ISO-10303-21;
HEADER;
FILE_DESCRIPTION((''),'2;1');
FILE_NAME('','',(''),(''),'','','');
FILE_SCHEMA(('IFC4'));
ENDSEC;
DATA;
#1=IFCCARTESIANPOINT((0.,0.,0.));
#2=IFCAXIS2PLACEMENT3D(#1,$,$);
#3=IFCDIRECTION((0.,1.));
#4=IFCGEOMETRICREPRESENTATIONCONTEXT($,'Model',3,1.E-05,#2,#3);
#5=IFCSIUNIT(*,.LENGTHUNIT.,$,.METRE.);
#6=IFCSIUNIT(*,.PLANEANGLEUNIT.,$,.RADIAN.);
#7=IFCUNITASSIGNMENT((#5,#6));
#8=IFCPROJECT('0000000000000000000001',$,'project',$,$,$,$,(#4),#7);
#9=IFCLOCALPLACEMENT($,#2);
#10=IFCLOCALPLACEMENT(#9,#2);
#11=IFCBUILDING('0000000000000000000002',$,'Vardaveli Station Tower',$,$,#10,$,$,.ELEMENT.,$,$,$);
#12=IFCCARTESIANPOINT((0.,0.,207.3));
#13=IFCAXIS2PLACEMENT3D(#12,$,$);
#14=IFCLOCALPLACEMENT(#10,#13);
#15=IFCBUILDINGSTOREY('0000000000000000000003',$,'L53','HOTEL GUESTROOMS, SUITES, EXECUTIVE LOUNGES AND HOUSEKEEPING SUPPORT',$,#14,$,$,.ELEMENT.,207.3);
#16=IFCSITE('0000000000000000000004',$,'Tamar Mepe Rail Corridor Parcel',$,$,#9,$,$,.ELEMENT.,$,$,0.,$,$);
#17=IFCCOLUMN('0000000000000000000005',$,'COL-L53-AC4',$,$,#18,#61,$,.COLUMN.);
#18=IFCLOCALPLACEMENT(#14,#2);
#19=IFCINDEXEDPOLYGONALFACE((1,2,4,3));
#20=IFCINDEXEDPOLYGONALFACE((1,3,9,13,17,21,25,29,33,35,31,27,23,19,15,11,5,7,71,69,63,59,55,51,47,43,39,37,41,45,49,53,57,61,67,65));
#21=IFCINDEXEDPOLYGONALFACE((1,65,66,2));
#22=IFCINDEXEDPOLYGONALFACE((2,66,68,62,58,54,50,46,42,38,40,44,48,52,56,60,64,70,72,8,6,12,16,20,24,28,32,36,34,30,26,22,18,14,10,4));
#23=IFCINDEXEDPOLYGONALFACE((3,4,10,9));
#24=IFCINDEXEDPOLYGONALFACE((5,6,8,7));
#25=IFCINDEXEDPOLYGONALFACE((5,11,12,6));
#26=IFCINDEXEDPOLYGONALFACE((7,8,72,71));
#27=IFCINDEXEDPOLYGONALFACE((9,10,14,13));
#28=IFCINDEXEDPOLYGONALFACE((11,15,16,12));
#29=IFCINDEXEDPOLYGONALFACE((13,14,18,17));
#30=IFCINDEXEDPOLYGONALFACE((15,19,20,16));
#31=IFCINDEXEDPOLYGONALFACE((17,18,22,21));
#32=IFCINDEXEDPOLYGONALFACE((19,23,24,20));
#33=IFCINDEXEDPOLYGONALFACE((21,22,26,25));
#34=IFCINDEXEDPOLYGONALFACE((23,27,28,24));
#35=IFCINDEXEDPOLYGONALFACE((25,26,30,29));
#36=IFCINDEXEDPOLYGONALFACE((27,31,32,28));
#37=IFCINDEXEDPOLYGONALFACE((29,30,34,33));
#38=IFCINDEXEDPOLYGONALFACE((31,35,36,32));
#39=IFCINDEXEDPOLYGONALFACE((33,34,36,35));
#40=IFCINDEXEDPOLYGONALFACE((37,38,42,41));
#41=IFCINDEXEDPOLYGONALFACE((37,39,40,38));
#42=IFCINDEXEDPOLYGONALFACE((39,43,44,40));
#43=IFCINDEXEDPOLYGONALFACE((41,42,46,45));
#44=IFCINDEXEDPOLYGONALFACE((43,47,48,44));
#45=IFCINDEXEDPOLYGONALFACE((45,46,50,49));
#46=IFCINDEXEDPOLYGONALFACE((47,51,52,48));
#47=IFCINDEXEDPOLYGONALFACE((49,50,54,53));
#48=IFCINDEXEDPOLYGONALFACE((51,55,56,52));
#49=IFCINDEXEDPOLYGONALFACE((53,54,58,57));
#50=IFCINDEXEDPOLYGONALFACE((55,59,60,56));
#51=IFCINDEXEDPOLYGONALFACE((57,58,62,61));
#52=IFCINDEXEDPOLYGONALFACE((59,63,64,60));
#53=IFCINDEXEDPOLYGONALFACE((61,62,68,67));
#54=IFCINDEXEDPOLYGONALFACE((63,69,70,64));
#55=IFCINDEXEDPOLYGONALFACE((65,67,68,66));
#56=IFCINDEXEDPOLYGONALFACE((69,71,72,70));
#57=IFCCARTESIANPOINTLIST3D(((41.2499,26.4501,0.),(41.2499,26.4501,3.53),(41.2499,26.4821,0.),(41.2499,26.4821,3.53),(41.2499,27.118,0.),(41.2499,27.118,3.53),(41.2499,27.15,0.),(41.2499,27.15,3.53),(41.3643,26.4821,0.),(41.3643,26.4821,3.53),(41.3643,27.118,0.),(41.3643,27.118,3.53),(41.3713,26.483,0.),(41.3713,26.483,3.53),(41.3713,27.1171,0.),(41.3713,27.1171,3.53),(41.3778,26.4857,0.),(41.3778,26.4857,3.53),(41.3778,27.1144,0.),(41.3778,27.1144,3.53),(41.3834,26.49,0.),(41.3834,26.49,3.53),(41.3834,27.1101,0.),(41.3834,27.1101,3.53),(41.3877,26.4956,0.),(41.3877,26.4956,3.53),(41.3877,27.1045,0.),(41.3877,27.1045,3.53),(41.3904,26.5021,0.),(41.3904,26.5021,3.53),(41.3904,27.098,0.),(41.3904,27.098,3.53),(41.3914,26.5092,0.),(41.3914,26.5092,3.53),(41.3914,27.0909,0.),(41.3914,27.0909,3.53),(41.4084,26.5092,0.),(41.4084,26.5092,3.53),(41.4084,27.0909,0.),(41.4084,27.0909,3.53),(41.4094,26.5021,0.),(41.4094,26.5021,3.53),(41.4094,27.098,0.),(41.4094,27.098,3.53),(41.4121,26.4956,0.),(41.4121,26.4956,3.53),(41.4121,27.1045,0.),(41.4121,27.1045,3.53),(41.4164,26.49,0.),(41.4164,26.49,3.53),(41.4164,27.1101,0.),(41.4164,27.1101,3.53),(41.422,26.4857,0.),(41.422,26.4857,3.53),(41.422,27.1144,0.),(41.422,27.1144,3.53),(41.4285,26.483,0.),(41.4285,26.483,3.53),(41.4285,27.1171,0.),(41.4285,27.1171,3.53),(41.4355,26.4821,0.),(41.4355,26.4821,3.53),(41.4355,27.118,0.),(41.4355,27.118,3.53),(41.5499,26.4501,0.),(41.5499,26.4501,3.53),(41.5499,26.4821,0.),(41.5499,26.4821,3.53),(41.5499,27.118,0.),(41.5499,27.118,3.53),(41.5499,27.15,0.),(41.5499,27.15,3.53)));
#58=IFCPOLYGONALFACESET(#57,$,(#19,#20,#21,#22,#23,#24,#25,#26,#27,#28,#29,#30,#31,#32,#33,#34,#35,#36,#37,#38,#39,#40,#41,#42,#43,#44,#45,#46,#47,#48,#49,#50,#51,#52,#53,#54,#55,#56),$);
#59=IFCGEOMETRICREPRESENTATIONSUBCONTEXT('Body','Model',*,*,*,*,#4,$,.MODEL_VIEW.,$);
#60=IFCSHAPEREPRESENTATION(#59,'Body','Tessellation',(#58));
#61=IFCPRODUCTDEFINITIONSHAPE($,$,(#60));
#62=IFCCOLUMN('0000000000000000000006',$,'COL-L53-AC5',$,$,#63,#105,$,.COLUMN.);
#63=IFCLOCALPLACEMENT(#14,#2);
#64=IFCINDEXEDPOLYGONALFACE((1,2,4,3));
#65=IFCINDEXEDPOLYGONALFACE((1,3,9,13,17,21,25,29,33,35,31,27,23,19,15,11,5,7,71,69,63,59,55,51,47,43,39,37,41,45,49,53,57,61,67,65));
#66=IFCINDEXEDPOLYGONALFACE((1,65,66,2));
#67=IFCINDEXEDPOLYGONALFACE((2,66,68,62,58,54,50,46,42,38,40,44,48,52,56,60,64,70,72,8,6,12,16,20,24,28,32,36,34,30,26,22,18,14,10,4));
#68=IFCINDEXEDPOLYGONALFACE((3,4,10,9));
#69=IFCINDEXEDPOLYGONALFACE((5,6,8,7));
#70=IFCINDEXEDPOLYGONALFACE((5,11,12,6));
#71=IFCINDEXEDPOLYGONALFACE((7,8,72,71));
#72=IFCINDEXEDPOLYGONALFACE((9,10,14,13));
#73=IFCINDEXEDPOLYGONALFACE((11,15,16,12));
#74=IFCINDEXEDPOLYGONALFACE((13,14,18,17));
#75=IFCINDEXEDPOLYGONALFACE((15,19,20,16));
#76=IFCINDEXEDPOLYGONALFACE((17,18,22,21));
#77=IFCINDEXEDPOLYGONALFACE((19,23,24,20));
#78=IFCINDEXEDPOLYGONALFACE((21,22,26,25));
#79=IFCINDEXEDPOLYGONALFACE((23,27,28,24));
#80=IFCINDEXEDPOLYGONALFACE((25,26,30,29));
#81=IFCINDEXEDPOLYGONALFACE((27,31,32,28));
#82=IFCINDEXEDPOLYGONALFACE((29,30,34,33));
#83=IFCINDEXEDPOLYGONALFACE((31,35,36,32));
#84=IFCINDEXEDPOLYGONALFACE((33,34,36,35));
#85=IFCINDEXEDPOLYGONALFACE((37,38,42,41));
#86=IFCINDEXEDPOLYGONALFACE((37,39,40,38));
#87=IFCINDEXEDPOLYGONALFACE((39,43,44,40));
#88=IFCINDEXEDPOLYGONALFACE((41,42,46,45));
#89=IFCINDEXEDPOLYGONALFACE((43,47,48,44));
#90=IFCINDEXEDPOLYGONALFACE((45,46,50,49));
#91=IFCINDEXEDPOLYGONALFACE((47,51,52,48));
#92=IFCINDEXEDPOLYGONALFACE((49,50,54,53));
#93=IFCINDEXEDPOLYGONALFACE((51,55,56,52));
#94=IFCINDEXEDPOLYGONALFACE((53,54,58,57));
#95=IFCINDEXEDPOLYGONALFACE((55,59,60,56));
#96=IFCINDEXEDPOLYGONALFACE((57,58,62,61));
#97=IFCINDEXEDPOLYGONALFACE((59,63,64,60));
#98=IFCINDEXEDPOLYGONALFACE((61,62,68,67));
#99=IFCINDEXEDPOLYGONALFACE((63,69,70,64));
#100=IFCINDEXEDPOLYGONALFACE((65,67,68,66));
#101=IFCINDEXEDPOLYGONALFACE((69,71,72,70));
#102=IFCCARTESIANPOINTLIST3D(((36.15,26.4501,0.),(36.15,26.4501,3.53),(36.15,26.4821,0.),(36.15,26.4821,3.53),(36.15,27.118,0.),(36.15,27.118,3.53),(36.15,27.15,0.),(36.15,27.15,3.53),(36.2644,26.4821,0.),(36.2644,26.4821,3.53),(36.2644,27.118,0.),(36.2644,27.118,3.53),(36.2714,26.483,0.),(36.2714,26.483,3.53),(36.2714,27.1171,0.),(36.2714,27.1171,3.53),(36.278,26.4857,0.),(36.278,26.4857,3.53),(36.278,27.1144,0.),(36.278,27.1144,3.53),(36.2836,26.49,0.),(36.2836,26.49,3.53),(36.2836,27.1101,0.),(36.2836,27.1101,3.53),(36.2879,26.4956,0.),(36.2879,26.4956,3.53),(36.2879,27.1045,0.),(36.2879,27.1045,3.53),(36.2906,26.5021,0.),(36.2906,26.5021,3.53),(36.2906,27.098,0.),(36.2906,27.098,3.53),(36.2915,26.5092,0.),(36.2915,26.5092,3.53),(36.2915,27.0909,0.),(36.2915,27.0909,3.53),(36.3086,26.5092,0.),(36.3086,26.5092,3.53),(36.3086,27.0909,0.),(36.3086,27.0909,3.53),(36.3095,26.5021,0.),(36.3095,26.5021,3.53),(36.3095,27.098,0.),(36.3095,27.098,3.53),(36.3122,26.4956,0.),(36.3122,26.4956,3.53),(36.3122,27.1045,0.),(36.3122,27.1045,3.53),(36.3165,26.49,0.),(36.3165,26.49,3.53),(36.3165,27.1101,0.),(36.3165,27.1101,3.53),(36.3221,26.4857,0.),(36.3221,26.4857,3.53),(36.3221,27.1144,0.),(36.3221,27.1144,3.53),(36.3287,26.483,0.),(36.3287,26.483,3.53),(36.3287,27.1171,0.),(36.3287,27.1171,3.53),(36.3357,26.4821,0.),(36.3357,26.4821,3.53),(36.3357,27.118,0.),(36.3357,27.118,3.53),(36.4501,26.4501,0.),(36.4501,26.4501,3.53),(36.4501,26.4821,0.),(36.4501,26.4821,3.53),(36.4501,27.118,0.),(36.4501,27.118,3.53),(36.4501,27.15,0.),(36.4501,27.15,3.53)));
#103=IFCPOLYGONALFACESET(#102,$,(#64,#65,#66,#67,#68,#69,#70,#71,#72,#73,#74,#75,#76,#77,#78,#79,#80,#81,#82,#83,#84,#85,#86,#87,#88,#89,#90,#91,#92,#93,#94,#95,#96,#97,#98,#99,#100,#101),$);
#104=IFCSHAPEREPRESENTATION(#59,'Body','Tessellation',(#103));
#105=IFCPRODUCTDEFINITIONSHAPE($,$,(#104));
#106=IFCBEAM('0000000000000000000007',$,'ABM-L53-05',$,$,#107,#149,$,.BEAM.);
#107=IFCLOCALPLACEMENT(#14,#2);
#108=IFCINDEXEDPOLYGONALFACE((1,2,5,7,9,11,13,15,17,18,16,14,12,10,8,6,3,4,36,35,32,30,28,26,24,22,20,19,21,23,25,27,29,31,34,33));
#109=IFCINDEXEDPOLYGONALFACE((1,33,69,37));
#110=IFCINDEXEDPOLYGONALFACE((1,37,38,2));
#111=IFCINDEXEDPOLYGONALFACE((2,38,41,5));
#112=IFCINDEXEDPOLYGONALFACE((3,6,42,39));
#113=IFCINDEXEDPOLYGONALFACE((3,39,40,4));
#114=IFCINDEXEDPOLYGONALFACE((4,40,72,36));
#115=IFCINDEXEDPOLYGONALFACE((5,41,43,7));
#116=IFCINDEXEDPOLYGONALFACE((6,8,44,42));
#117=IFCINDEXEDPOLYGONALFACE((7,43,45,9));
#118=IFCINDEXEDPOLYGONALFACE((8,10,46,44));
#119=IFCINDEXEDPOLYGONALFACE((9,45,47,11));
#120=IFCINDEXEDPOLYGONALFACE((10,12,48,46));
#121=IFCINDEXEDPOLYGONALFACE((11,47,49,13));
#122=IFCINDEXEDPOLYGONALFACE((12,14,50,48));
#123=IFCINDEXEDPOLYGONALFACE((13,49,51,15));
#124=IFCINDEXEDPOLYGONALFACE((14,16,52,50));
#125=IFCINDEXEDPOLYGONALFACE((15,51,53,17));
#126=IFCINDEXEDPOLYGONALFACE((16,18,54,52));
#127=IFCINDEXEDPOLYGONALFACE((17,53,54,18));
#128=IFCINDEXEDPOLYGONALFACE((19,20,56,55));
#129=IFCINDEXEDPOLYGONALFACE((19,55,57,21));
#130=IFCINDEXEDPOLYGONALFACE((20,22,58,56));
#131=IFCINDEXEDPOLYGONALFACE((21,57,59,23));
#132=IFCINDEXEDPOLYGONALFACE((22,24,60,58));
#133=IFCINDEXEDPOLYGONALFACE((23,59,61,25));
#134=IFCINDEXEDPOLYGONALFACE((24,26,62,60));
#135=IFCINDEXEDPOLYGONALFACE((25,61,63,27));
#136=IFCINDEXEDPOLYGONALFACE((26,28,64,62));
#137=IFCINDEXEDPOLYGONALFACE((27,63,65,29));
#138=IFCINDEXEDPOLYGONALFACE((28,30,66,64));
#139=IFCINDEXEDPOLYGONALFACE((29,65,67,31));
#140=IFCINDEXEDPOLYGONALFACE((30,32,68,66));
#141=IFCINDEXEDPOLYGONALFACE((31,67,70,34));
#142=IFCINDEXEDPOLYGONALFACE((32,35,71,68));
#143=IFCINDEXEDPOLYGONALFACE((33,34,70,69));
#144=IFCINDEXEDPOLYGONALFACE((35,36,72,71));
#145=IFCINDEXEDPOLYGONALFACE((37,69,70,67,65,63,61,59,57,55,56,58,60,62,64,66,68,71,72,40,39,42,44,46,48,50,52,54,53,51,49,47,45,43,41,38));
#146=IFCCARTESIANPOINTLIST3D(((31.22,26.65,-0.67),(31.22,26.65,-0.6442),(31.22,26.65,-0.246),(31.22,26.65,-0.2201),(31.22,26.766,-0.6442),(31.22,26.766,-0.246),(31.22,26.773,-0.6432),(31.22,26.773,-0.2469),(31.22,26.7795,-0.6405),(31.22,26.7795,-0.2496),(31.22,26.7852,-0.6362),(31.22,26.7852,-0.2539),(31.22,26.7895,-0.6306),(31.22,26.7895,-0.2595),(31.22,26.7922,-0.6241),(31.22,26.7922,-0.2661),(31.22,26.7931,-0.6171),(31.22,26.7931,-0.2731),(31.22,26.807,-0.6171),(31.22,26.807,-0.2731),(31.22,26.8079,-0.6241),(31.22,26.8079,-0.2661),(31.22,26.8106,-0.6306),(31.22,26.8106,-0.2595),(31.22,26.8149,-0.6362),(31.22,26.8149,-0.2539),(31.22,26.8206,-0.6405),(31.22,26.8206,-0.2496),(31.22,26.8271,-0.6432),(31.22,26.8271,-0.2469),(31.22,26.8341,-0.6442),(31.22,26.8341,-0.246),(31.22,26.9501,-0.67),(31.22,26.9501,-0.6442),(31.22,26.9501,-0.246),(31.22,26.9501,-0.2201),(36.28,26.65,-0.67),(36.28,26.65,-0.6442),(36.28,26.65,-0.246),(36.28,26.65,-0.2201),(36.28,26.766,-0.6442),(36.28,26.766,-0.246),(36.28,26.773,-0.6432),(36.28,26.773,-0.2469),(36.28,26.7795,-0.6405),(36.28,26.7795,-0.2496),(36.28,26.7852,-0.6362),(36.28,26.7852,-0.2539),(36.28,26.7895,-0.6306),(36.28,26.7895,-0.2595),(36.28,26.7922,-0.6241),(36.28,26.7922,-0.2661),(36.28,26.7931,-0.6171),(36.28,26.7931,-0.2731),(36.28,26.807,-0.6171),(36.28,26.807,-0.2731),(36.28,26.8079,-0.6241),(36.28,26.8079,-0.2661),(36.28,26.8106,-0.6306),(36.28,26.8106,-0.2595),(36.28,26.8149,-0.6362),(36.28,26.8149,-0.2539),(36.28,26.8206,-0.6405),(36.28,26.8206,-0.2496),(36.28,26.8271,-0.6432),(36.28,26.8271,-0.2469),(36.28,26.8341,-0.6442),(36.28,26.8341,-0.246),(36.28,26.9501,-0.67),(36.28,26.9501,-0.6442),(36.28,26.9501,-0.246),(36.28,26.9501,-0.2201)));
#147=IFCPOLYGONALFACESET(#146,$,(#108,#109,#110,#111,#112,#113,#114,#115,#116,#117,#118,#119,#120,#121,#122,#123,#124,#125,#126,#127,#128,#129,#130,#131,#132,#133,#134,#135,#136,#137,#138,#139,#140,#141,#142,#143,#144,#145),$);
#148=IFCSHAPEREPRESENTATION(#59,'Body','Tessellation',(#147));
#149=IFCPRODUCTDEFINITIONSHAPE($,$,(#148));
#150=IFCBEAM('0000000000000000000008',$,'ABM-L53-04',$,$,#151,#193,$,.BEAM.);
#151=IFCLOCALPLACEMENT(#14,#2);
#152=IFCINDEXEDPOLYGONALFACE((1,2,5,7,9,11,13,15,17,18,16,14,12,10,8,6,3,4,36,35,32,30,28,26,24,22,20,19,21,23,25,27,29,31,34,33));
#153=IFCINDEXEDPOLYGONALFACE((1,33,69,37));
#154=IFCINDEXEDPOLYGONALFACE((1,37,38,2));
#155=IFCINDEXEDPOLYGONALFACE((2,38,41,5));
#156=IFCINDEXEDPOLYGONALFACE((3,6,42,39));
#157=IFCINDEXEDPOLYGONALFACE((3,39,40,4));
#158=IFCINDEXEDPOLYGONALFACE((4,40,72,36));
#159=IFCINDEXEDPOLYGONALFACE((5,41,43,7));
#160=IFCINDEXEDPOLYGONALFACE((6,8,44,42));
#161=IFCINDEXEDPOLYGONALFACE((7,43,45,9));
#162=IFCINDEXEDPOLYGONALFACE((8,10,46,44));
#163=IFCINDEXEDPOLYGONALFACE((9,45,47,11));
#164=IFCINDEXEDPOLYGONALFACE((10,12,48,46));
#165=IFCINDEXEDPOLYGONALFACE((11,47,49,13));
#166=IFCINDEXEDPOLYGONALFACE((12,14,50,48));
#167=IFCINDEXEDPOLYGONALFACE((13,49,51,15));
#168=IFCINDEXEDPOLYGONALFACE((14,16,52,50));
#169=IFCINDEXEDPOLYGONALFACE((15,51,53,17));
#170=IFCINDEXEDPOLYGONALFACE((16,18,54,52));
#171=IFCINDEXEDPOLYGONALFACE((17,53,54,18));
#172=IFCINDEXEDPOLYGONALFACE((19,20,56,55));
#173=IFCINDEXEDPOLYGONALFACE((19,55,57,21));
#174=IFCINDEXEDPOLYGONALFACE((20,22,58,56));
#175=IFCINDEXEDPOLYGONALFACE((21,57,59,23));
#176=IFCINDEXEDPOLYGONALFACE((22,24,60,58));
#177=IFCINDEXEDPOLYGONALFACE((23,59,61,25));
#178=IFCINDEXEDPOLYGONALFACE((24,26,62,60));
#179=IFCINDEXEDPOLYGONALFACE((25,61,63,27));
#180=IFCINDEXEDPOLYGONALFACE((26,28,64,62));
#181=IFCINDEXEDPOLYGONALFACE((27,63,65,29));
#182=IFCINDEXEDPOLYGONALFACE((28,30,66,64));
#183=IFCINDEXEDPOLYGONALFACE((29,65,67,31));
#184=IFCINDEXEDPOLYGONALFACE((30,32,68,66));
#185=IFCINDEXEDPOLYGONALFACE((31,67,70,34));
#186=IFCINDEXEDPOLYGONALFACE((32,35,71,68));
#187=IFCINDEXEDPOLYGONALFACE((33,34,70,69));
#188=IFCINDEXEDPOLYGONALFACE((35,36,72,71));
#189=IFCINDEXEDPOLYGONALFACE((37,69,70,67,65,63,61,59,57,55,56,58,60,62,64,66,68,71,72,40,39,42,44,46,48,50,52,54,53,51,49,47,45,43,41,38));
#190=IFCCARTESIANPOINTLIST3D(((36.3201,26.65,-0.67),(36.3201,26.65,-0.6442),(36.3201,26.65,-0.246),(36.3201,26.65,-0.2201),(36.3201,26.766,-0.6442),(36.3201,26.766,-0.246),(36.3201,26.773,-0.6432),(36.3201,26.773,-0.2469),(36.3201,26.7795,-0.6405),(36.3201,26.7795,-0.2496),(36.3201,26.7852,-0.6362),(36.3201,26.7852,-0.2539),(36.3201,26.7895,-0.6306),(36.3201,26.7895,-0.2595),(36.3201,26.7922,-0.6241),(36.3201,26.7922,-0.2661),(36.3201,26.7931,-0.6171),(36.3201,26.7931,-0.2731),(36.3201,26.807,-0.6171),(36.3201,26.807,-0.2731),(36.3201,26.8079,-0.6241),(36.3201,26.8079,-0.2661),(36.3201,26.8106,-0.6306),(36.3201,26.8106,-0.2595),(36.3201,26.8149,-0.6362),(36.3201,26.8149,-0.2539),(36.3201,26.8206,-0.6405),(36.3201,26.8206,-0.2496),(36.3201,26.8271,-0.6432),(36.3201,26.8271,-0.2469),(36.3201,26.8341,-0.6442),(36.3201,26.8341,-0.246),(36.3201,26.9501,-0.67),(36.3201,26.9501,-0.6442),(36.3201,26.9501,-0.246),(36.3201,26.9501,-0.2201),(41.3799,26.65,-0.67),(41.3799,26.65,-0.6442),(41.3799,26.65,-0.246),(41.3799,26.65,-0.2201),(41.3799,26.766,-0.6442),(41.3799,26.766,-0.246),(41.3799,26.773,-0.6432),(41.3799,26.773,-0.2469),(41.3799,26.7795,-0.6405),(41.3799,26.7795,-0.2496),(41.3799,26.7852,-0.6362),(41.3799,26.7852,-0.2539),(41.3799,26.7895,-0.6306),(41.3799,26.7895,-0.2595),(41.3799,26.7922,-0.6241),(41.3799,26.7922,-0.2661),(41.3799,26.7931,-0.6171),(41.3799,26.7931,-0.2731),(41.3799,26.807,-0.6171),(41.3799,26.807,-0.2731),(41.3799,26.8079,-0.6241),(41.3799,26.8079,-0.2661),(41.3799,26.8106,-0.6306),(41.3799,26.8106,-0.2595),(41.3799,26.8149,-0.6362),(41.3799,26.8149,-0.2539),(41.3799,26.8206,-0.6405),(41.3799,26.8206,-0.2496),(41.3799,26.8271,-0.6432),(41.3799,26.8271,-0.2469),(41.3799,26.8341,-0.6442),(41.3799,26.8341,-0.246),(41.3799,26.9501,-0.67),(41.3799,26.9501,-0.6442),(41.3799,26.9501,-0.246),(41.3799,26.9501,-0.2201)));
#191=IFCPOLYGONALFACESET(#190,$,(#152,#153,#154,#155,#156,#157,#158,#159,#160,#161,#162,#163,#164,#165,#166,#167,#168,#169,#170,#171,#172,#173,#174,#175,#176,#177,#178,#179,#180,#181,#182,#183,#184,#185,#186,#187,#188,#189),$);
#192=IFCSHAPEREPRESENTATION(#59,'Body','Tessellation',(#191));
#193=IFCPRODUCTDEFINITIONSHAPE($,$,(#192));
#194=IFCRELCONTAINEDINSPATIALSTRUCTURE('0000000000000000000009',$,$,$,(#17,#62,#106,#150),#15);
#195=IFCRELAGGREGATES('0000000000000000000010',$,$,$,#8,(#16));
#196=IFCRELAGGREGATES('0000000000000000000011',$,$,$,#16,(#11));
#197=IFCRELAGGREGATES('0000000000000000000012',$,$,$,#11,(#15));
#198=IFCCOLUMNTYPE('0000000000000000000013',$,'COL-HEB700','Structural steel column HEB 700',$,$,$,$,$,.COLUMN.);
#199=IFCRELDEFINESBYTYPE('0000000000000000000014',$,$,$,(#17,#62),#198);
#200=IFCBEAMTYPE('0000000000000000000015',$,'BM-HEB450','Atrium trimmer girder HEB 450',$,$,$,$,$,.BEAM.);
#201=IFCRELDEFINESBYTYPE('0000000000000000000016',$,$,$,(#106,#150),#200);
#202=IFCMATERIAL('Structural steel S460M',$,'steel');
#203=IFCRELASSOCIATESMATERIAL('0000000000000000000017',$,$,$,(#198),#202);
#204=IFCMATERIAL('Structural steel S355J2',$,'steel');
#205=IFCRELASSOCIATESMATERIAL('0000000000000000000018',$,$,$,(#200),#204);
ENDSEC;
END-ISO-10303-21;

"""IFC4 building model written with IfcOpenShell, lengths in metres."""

from ifc_helpers import new_model, si_unit, direction, frame, origin, origin_2d, place, context, subcontext, project, spatial, i_section, extrude, source, transform, mapped, material, material_profile, profile_set, type_object, element, save


model = new_model("IFC4")

# Units and contexts
model_context = context("Model", 3, precision=1e-05, world=origin(), true_north=direction((0.0, 1.0)))
body_context = subcontext(model_context, "Body", "Model", "MODEL_VIEW")
ifc_project = project(units=[si_unit("LENGTHUNIT", "METRE"), si_unit("PLANEANGLEUNIT", "RADIAN")], contexts=[model_context])

# Site, building, storey
site_placement = place(None, origin())
site = spatial("IfcSite", under=ifc_project, at=site_placement, Name="Tamar Mepe Rail Corridor Parcel", CompositionType="ELEMENT", RefElevation=0.0)
building_placement = place(site_placement, origin())
building = spatial("IfcBuilding", under=site, at=building_placement, Name="Vardaveli Station Tower", CompositionType="ELEMENT")
storey_placement = place(building_placement, frame((0.0, 0.0, 207.3)))
storey = spatial("IfcBuildingStorey", under=building, at=storey_placement, Name="L53", Description="HOTEL GUESTROOMS, SUITES, EXECUTIVE LOUNGES AND HOUSEKEEPING SUPPORT", CompositionType="ELEMENT", Elevation=207.3)

# Columns
ifc_material_1 = material(Name="Structural steel S460M", Category="steel")
ifc_material_profile_1 = material_profile(ifc_material_1, i_section(OverallWidth=0.3, OverallDepth=0.7, WebThickness=0.0171, FlangeThickness=0.032, FilletRadius=0.0271, at=origin_2d()), Name="HEB 700")
ifc_profile_set_1 = profile_set([ifc_material_profile_1], Name="Structural steel S460M")
column_type = type_object("IfcColumnType", Name="COL-HEB700", Description="Structural steel column HEB 700", PredefinedType="COLUMN", material=ifc_profile_set_1)
shared_shape_1 = source(origin(), body_context, "Body", "SweptSolid", [
    extrude(i_section(OverallWidth=0.3, OverallDepth=0.7, WebThickness=0.0171, FlangeThickness=0.032, FilletRadius=0.0271, at=origin_2d()), origin(), (0.0, 0.0, 1.0), 3.53),
])
for number, where, z_axis, x_axis, name in (
    (1, (41.3999, 26.8, 0.0), (0.0, 0.0, 1.0), (1.0, 0.0, 0.0), "COL-L53-AC4"),
    (2, (36.3, 26.8, 0.0), (0.0, 0.0, 1.0), (1.0, 0.0, 0.0), "COL-L53-AC5"),
):
    element("IfcColumn", number, at=place(storey_placement, frame(where, z_axis=z_axis, x_axis=x_axis)), inside=storey, type_object=column_type, Name=name, PredefinedType="COLUMN", context=body_context, shape_type="MappedRepresentation", body=[
        mapped(shared_shape_1, transform((0.0, 0.0, 0.0), scale=1.0)),
    ])

# Beams
ifc_material_2 = material(Name="Structural steel S355J2", Category="steel")
ifc_material_profile_2 = material_profile(ifc_material_2, i_section(OverallWidth=0.3, OverallDepth=0.45, WebThickness=0.0139, FlangeThickness=0.0259, FilletRadius=0.0271, at=origin_2d()), Name="HEB 450")
ifc_profile_set_2 = profile_set([ifc_material_profile_2], Name="Structural steel S355J2")
beam_type = type_object("IfcBeamType", Name="BM-HEB450", Description="Atrium trimmer girder HEB 450", PredefinedType="BEAM", material=ifc_profile_set_2)
shared_shape_2 = source(origin(), body_context, "Body", "SweptSolid", [
    extrude(i_section(OverallWidth=0.3, OverallDepth=0.45, WebThickness=0.0139, FlangeThickness=0.0259, FilletRadius=0.0271, at=origin_2d()), origin(), (0.0, 0.0, 1.0), 5.0601),
])
beam_1_placement = place(storey_placement, frame((36.28, 26.8, -0.4451), z_axis=(-1.0, 0.0, 0.0), x_axis=(0.0, -1.0, 0.0)))
element("IfcBeam", 3, at=beam_1_placement, inside=storey, type_object=beam_type, Name="ABM-L53-05", PredefinedType="BEAM", context=body_context, shape_type="MappedRepresentation", body=[
    mapped(shared_shape_2, transform((0.0, 0.0, 0.0), scale=1.0)),
])
shared_shape_3 = source(origin(), body_context, "Body", "SweptSolid", [
    extrude(i_section(OverallWidth=0.3, OverallDepth=0.45, WebThickness=0.0139, FlangeThickness=0.0259, FilletRadius=0.0271, at=origin_2d()), origin(), (0.0, 0.0, 1.0), 5.0598),
])
beam_2_placement = place(storey_placement, frame((41.3799, 26.8, -0.4451), z_axis=(-1.0, 0.0, 0.0), x_axis=(0.0, -1.0, 0.0)))
element("IfcBeam", 4, at=beam_2_placement, inside=storey, type_object=beam_type, Name="ABM-L53-04", PredefinedType="BEAM", context=body_context, shape_type="MappedRepresentation", body=[
    mapped(shared_shape_3, transform((0.0, 0.0, 0.0), scale=1.0)),
])

save(model, "model.ifc")
